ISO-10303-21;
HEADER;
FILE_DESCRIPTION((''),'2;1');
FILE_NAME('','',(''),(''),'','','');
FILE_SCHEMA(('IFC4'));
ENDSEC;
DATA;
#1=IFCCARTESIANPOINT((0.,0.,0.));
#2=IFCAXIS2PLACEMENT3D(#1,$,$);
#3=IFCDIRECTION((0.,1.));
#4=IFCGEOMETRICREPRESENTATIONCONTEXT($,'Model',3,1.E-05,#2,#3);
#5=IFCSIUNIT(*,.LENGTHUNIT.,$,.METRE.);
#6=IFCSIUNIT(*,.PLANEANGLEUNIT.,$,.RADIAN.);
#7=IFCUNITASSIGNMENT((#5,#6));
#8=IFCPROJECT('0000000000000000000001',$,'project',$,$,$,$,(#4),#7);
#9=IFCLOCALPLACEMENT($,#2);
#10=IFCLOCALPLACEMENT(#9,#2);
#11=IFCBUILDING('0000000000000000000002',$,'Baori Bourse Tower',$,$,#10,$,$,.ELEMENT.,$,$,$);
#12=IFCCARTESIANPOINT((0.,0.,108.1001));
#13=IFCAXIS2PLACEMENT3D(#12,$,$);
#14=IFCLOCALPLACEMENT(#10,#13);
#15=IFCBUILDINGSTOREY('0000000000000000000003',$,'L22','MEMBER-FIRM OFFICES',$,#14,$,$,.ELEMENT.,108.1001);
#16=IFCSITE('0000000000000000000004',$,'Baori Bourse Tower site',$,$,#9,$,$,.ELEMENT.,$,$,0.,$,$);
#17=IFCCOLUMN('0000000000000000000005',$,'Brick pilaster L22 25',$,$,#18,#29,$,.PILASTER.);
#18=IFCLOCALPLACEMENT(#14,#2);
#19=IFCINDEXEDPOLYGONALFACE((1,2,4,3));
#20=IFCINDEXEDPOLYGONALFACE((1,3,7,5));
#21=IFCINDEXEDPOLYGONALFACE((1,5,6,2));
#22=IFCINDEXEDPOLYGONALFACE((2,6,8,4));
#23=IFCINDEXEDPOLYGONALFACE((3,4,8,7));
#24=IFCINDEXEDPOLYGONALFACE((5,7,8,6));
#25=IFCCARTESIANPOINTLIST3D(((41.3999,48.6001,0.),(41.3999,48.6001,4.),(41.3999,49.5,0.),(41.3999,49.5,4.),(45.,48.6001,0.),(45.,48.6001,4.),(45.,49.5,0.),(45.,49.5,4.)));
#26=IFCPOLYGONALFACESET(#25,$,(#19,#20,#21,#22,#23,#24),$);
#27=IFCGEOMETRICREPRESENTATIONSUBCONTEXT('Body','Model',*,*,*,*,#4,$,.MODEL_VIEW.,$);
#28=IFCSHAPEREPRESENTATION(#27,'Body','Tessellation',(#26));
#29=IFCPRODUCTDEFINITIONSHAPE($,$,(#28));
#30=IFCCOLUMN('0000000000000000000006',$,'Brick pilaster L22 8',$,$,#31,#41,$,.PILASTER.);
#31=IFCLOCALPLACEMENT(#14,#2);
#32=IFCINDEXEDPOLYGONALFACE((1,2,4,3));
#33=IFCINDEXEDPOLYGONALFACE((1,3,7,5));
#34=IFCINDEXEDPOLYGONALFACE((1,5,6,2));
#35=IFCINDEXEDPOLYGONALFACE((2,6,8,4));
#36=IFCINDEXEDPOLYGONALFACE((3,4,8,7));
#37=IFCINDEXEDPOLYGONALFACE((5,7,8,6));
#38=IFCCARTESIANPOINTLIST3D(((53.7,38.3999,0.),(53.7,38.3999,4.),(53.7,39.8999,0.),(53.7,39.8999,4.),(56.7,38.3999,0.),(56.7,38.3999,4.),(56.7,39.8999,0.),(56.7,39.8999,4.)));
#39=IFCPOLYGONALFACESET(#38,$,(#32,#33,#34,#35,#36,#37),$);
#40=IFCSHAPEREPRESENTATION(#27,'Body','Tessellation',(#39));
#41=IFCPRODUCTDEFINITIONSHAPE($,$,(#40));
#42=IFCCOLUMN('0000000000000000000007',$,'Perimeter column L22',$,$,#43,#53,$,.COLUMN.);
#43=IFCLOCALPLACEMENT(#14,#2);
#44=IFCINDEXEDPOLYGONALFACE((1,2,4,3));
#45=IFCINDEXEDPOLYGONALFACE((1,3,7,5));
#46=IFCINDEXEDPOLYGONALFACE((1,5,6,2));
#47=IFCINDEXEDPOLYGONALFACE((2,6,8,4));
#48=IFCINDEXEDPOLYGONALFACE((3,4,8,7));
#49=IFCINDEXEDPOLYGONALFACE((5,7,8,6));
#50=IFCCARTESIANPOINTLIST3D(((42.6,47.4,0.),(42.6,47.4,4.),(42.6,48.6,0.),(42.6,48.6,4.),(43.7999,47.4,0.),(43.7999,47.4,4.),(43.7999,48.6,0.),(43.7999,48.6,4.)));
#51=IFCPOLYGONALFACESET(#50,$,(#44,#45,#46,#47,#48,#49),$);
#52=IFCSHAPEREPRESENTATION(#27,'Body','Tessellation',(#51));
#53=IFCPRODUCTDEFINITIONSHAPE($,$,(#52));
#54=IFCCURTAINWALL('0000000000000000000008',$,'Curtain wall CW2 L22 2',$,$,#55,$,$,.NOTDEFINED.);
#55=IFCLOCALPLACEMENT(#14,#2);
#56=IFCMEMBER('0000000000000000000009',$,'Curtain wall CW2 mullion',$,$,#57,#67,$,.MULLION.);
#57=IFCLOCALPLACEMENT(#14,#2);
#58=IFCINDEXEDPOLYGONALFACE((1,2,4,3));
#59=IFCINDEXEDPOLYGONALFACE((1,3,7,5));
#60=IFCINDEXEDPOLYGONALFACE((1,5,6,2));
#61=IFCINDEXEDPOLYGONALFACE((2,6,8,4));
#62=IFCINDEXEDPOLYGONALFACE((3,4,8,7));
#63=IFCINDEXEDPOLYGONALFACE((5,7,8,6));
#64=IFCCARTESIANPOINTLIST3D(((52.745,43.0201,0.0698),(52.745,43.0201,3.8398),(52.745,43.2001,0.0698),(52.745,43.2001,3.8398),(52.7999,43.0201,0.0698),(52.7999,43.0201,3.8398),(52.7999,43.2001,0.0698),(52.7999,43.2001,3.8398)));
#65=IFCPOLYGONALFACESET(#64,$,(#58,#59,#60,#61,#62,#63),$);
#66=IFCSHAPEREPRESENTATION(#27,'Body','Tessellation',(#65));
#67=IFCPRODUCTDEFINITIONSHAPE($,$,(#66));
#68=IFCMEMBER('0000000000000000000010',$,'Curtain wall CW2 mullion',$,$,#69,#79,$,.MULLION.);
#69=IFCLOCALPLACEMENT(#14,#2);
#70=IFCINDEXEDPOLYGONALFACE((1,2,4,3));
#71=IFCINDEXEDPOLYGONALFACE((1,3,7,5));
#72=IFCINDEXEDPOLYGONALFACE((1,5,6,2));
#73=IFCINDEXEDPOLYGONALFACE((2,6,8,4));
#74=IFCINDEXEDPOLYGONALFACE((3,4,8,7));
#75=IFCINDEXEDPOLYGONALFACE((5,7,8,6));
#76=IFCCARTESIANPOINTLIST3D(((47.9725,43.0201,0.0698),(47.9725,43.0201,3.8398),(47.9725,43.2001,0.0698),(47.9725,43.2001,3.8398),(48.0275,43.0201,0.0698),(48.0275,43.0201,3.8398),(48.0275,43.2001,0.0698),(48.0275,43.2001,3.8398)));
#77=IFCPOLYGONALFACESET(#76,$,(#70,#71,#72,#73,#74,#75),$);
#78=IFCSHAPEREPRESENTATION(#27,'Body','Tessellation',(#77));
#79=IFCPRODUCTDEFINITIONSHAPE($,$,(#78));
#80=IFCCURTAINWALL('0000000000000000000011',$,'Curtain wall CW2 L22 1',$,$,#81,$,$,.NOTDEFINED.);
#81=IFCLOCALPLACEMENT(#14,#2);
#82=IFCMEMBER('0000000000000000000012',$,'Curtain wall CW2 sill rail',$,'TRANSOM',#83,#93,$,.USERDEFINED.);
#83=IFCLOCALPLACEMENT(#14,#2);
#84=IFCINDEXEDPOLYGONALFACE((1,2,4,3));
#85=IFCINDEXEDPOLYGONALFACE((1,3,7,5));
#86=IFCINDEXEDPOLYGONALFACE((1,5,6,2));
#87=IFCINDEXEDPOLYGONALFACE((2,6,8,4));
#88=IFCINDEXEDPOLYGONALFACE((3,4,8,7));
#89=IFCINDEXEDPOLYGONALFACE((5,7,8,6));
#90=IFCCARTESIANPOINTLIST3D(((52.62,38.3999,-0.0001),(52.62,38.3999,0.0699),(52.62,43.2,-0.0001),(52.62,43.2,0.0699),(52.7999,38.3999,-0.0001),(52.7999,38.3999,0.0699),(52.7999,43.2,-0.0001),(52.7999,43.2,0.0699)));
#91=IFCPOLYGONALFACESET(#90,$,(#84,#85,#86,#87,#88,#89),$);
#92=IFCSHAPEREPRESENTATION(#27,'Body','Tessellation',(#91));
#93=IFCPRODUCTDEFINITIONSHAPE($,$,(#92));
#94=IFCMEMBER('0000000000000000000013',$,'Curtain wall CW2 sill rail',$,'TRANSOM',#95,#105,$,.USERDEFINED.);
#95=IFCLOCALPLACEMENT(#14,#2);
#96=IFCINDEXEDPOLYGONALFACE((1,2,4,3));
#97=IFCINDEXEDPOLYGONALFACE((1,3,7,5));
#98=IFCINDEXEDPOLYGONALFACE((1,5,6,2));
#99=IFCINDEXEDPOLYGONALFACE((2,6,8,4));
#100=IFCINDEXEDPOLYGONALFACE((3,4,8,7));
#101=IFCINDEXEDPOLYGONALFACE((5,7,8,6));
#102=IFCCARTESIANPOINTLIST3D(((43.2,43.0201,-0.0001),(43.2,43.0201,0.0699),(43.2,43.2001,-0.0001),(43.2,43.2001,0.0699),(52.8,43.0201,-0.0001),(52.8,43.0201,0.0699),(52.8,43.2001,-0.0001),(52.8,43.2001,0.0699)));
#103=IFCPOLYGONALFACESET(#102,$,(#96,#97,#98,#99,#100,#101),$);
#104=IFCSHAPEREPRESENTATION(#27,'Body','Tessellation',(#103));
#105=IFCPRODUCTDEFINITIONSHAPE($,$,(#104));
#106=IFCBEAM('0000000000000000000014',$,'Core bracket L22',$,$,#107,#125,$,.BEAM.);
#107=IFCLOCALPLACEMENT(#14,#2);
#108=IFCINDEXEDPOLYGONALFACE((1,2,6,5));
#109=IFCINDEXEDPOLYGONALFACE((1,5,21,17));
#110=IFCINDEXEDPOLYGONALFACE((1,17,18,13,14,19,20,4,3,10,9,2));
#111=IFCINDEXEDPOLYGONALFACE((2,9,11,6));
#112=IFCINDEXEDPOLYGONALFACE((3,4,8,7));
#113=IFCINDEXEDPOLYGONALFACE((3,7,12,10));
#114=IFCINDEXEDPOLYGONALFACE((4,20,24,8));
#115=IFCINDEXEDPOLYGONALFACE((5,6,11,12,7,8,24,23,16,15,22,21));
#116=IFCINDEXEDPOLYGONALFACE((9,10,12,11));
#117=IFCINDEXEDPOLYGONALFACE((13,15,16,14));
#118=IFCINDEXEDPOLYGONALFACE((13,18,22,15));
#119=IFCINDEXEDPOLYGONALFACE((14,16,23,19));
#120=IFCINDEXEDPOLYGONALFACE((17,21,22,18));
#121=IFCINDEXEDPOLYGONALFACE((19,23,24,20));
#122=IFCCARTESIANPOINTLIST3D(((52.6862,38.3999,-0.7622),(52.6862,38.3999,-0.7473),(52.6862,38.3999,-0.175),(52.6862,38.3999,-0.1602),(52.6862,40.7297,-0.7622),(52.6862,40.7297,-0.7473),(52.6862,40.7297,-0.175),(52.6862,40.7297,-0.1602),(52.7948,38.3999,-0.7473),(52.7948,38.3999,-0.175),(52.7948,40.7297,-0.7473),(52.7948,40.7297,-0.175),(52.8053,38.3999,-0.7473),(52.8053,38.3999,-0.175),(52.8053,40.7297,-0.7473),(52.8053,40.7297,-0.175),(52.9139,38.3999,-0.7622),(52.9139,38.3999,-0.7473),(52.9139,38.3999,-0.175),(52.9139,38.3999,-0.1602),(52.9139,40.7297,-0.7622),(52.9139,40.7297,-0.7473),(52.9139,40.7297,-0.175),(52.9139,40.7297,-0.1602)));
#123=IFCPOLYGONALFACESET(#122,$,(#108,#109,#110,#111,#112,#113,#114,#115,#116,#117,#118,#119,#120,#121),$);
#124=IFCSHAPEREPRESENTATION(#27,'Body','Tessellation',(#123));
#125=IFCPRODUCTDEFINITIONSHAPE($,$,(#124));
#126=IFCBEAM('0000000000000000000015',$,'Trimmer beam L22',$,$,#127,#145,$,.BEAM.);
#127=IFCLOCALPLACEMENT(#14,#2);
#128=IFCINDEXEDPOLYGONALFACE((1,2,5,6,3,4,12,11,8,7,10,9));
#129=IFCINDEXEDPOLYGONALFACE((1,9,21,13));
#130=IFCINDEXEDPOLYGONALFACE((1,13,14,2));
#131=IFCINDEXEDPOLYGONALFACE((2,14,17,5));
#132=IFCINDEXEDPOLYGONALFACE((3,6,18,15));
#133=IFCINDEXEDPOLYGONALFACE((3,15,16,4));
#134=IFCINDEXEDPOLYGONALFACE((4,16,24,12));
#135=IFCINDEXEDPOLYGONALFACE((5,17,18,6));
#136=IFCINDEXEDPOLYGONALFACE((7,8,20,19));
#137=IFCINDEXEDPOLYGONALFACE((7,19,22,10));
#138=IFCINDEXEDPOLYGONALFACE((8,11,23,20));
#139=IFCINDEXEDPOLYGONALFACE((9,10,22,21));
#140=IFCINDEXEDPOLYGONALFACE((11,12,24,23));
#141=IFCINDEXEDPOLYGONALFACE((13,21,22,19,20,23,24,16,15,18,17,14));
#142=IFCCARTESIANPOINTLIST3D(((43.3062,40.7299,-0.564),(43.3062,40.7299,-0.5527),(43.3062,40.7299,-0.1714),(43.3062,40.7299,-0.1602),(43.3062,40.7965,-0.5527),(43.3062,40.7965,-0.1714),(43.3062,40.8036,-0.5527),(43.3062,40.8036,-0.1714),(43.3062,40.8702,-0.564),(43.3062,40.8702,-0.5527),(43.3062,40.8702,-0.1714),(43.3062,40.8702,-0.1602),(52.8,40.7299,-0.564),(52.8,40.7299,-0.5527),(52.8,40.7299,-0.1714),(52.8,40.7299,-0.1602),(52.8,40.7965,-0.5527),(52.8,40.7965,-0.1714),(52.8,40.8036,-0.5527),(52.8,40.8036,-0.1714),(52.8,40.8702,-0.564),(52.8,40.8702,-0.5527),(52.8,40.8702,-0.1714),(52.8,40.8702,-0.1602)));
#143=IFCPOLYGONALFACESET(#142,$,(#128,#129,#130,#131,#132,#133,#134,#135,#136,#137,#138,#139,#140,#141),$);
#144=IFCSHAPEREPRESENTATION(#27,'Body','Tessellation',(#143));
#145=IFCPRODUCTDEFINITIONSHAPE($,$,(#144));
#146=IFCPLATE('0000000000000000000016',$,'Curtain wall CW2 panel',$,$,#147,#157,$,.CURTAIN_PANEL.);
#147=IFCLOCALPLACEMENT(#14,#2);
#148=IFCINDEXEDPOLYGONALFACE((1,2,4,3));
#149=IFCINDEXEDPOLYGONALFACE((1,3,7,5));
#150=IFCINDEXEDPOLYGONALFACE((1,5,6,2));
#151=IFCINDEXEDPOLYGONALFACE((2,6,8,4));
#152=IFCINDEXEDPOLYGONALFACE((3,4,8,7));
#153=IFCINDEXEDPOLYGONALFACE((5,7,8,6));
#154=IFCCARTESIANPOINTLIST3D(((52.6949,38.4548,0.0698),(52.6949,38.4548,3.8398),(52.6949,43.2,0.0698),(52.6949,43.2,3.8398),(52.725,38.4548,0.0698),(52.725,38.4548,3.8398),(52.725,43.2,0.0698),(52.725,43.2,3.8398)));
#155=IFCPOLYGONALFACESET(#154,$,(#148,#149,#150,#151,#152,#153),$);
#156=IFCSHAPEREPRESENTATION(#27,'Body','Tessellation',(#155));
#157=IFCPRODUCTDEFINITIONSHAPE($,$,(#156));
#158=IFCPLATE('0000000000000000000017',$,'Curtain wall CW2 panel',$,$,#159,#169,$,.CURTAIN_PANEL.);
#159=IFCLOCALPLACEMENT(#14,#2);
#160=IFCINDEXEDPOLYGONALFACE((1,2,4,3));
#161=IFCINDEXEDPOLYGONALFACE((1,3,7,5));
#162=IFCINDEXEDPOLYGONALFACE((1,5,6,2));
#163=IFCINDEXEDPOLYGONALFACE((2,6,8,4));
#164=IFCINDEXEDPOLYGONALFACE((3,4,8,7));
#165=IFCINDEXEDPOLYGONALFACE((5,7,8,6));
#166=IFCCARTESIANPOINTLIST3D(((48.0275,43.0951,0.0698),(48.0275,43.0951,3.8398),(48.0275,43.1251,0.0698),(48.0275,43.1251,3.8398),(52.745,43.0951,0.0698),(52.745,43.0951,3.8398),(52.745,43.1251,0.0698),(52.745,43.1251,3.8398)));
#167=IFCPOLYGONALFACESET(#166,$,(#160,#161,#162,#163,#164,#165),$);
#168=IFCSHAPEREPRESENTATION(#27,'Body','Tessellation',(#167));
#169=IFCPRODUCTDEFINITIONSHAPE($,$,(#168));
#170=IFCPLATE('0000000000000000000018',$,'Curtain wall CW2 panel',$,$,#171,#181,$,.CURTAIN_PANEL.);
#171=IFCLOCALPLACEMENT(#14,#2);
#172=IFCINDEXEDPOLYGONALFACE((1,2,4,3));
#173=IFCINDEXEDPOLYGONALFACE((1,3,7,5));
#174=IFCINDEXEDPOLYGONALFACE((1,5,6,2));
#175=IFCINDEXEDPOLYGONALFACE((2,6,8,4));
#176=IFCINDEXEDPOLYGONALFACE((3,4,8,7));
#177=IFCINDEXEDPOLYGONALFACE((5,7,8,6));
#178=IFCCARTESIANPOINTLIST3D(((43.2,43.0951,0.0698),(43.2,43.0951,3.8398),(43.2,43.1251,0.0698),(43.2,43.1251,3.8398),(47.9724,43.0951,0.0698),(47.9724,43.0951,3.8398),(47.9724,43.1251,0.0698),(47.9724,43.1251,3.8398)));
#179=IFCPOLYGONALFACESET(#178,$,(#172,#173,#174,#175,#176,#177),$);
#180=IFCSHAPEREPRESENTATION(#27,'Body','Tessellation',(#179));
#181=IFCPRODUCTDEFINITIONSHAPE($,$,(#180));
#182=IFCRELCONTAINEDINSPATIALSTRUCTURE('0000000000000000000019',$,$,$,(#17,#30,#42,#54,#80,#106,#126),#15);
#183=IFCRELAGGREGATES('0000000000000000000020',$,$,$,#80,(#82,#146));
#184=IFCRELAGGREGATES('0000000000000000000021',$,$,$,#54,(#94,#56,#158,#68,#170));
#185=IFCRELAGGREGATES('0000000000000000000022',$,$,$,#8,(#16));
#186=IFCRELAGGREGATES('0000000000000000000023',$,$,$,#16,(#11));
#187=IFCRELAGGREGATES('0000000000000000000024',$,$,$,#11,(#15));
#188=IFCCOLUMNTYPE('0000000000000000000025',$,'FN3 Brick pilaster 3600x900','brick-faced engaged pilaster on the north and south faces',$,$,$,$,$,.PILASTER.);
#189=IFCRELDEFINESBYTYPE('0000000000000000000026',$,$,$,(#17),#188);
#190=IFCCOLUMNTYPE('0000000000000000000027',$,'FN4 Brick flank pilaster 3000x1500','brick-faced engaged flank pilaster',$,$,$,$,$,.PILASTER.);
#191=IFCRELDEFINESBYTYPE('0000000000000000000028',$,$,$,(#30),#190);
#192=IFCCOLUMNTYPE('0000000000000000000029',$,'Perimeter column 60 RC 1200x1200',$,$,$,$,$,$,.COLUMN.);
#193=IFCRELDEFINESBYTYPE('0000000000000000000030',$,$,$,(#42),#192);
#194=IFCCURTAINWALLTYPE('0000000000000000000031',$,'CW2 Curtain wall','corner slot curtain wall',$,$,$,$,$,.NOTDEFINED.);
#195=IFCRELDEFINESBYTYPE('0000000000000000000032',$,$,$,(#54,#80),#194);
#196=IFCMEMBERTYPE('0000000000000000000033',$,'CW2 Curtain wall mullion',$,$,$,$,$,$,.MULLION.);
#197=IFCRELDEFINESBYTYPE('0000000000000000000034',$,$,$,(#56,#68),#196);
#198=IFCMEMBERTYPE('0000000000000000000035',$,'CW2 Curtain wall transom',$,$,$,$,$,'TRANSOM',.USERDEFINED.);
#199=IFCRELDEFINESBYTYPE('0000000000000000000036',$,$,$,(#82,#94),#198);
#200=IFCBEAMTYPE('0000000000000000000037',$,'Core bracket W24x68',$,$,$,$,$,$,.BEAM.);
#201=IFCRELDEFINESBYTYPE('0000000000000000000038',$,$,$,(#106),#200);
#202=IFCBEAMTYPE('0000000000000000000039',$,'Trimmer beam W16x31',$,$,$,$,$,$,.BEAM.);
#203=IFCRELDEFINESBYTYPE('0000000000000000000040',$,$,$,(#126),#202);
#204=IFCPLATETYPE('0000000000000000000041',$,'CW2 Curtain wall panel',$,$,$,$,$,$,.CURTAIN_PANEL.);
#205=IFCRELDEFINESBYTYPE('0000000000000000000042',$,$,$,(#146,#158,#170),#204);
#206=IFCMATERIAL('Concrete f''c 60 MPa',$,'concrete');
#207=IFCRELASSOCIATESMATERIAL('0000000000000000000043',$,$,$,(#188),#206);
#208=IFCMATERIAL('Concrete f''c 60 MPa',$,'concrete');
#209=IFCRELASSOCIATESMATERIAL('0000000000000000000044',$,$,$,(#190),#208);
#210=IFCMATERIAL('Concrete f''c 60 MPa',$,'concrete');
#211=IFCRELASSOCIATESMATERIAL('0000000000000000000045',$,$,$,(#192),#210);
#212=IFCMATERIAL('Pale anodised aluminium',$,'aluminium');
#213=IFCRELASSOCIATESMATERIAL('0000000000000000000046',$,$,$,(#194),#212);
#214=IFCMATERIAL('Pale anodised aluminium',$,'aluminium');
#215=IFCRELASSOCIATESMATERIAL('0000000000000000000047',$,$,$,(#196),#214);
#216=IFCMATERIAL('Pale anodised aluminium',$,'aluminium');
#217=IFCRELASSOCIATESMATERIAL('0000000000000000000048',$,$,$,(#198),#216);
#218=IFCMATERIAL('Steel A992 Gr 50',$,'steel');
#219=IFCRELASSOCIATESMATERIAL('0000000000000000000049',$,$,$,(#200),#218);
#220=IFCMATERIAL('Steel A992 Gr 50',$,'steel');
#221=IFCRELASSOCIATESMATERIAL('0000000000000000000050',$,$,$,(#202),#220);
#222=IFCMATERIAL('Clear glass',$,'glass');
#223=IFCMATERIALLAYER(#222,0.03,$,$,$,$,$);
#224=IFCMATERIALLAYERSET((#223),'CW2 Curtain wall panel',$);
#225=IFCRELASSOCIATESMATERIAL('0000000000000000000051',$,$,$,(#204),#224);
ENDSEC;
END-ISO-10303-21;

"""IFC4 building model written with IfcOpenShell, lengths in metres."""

from ifc_helpers import new_model, si_unit, direction, frame, origin, origin_2d, place, context, subcontext, project, spatial, rectangle, i_section, extrude, material, layer, layer_set, material_profile, profile_set, type_object, element, aggregate, save


model = new_model("IFC4")

# Units and contexts
model_context = context("Model", 3, precision=1e-05, world=origin(), true_north=direction((0.0, 1.0)))
body_context = subcontext(model_context, "Body", "Model", "MODEL_VIEW")
ifc_project = project(units=[si_unit("LENGTHUNIT", "METRE"), si_unit("PLANEANGLEUNIT", "RADIAN")], contexts=[model_context])

# Site, building, storey
site_placement = place(None, origin())
site = spatial("IfcSite", under=ifc_project, at=site_placement, Name="Baori Bourse Tower site", CompositionType="ELEMENT", RefElevation=0.0)
building_placement = place(site_placement, origin())
building = spatial("IfcBuilding", under=site, at=building_placement, Name="Baori Bourse Tower", CompositionType="ELEMENT")
storey_placement = place(building_placement, frame((0.0, 0.0, 108.1001)))
storey = spatial("IfcBuildingStorey", under=building, at=storey_placement, Name="L22", Description="MEMBER-FIRM OFFICES", CompositionType="ELEMENT", Elevation=108.1001)

# Columns
ifc_material_1 = material(Name="Concrete f'c 60 MPa", Category="concrete")
ifc_material_profile_1 = material_profile(ifc_material_1, rectangle(XDim=3.6001, YDim=0.8999, at=origin_2d()), Name="RC 3600x900")
ifc_profile_set_1 = profile_set([ifc_material_profile_1], Name="Concrete f'c 60 MPa")
column_type_1 = type_object("IfcColumnType", Name="FN3 Brick pilaster 3600x900", Description="brick-faced engaged pilaster on the north and south faces", PredefinedType="PILASTER", material=ifc_profile_set_1)
column_1_placement = place(storey_placement, frame((43.2, 49.05, 0.0), z_axis=(0.0, 0.0, 1.0), x_axis=(1.0, 0.0, 0.0)))
element("IfcColumn", 1, at=column_1_placement, inside=storey, type_object=column_type_1, Name="Brick pilaster L22 25", PredefinedType="PILASTER", context=body_context, shape_type="SweptSolid", body=[
    extrude(rectangle(XDim=3.6001, YDim=0.8999, at=origin_2d()), origin(), (0.0, 0.0, 1.0), 4.0),
])
ifc_material_2 = material(Name="Concrete f'c 60 MPa", Category="concrete")
ifc_material_profile_2 = material_profile(ifc_material_2, rectangle(XDim=3.0, YDim=1.5, at=origin_2d()), Name="RC 3000x1500")
ifc_profile_set_2 = profile_set([ifc_material_profile_2], Name="Concrete f'c 60 MPa")
column_type_2 = type_object("IfcColumnType", Name="FN4 Brick flank pilaster 3000x1500", Description="brick-faced engaged flank pilaster", PredefinedType="PILASTER", material=ifc_profile_set_2)
column_2_placement = place(storey_placement, frame((55.2, 39.1499, 0.0), z_axis=(0.0, 0.0, 1.0), x_axis=(1.0, 0.0, 0.0)))
element("IfcColumn", 2, at=column_2_placement, inside=storey, type_object=column_type_2, Name="Brick pilaster L22 8", PredefinedType="PILASTER", context=body_context, shape_type="SweptSolid", body=[
    extrude(rectangle(XDim=3.0, YDim=1.5, at=origin_2d()), origin(), (0.0, 0.0, 1.0), 4.0),
])
ifc_material_3 = material(Name="Concrete f'c 60 MPa", Category="concrete")
ifc_material_profile_3 = material_profile(ifc_material_3, rectangle(XDim=1.2, YDim=1.2, at=origin_2d()), Name="RC 1200x1200")
ifc_profile_set_3 = profile_set([ifc_material_profile_3], Name="Concrete f'c 60 MPa")
column_type_3 = type_object("IfcColumnType", Name="Perimeter column 60 RC 1200x1200", PredefinedType="COLUMN", material=ifc_profile_set_3)
column_3_placement = place(storey_placement, frame((43.2, 48.0, 0.0), z_axis=(0.0, 0.0, 1.0), x_axis=(1.0, 0.0, 0.0)))
element("IfcColumn", 3, at=column_3_placement, inside=storey, type_object=column_type_3, Name="Perimeter column L22", PredefinedType="COLUMN", context=body_context, shape_type="SweptSolid", body=[
    extrude(rectangle(XDim=1.2, YDim=1.2, at=origin_2d()), origin(), (0.0, 0.0, 1.0), 4.0),
])

# Curtain wall, members
ifc_material_4 = material(Name="Pale anodised aluminium", Category="aluminium")
curtain_wall_type = type_object("IfcCurtainWallType", Name="CW2 Curtain wall", Description="corner slot curtain wall", PredefinedType="NOTDEFINED", material=ifc_material_4)
curtain_wall_1_placement = place(storey_placement, origin())
curtain_wall_1 = element("IfcCurtainWall", 4, at=curtain_wall_1_placement, inside=storey, type_object=curtain_wall_type, Name="Curtain wall CW2 L22 2", PredefinedType="NOTDEFINED")
ifc_material_5 = material(Name="Pale anodised aluminium", Category="aluminium")
ifc_material_profile_4 = material_profile(ifc_material_5, rectangle(XDim=0.1799, YDim=0.0549, at=origin_2d()), Name="Mullion 55x180")
ifc_profile_set_4 = profile_set([ifc_material_profile_4], Name="Pale anodised aluminium")
member_type_1 = type_object("IfcMemberType", Name="CW2 Curtain wall mullion", PredefinedType="MULLION", material=ifc_profile_set_4)
member_1_placement = place(storey_placement, frame((52.7725, 43.1101, 0.0698), z_axis=(0.0, 0.0, 1.0), x_axis=(0.0, -1.0, 0.0)))
member_1 = element("IfcMember", 5, at=member_1_placement, type_object=member_type_1, Name="Curtain wall CW2 mullion", PredefinedType="MULLION", context=body_context, shape_type="SweptSolid", body=[
    extrude(rectangle(XDim=0.1799, YDim=0.0549, at=origin_2d()), origin(), (0.0, 0.0, 1.0), 3.77),
])
member_2_placement = place(storey_placement, frame((48.0, 43.1101, 0.0698), z_axis=(0.0, 0.0, 1.0), x_axis=(0.0, -1.0, 0.0)))
member_2 = element("IfcMember", 6, at=member_2_placement, type_object=member_type_1, Name="Curtain wall CW2 mullion", PredefinedType="MULLION", context=body_context, shape_type="SweptSolid", body=[
    extrude(rectangle(XDim=0.1799, YDim=0.0549, at=origin_2d()), origin(), (0.0, 0.0, 1.0), 3.77),
])

# Curtain wall, member
curtain_wall_2_placement = place(storey_placement, origin())
curtain_wall_2 = element("IfcCurtainWall", 7, at=curtain_wall_2_placement, inside=storey, type_object=curtain_wall_type, Name="Curtain wall CW2 L22 1", PredefinedType="NOTDEFINED")
ifc_material_6 = material(Name="Pale anodised aluminium", Category="aluminium")
ifc_material_profile_5 = material_profile(ifc_material_6, rectangle(XDim=0.1799, YDim=0.0701, at=origin_2d()), Name="Transom 70x180")
ifc_profile_set_5 = profile_set([ifc_material_profile_5], Name="Pale anodised aluminium")
member_type_2 = type_object("IfcMemberType", Name="CW2 Curtain wall transom", ElementType="TRANSOM", PredefinedType="USERDEFINED", material=ifc_profile_set_5)
member_3_placement = place(storey_placement, frame((52.71, 38.3999, 0.0349), z_axis=(0.0, 1.0, 0.0), x_axis=(-1.0, 0.0, 0.0)))
member_3 = element("IfcMember", 8, at=member_3_placement, type_object=member_type_2, Name="Curtain wall CW2 sill rail", ObjectType="TRANSOM", PredefinedType="USERDEFINED", context=body_context, shape_type="SweptSolid", body=[
    extrude(rectangle(XDim=0.1799, YDim=0.0701, at=origin_2d()), origin(), (0.0, 0.0, 1.0), 4.8),
])

# Member
member_4_placement = place(storey_placement, frame((52.8, 43.1101, 0.0349), z_axis=(-1.0, 0.0, 0.0), x_axis=(0.0, -1.0, 0.0)))
member_4 = element("IfcMember", 9, at=member_4_placement, type_object=member_type_2, Name="Curtain wall CW2 sill rail", ObjectType="TRANSOM", PredefinedType="USERDEFINED", context=body_context, shape_type="SweptSolid", body=[
    extrude(rectangle(XDim=0.1799, YDim=0.0701, at=origin_2d()), origin(), (0.0, 0.0, 1.0), 9.6001),
])

# Beams
ifc_material_7 = material(Name="Steel A992 Gr 50", Category="steel")
ifc_material_profile_6 = material_profile(ifc_material_7, i_section(OverallWidth=0.2278, OverallDepth=0.6021, WebThickness=0.0105, FlangeThickness=0.0149, at=origin_2d()), Name="W24x68")
ifc_profile_set_6 = profile_set([ifc_material_profile_6], Name="Steel A992 Gr 50")
beam_type_1 = type_object("IfcBeamType", Name="Core bracket W24x68", PredefinedType="BEAM", material=ifc_profile_set_6)
beam_1_placement = place(storey_placement, frame((52.8, 38.3999, -0.4612), z_axis=(0.0, 1.0, 0.0), x_axis=(-1.0, 0.0, 0.0)))
element("IfcBeam", 10, at=beam_1_placement, inside=storey, type_object=beam_type_1, Name="Core bracket L22", PredefinedType="BEAM", context=body_context, shape_type="SweptSolid", body=[
    extrude(i_section(OverallWidth=0.2278, OverallDepth=0.6021, WebThickness=0.0105, FlangeThickness=0.0149, at=origin_2d()), origin(), (0.0, 0.0, 1.0), 2.3298),
])
ifc_material_8 = material(Name="Steel A992 Gr 50", Category="steel")
ifc_material_profile_7 = material_profile(ifc_material_8, i_section(OverallWidth=0.1404, OverallDepth=0.4038, WebThickness=0.0071, FlangeThickness=0.0112, at=origin_2d()), Name="W16x31")
ifc_profile_set_7 = profile_set([ifc_material_profile_7], Name="Steel A992 Gr 50")
beam_type_2 = type_object("IfcBeamType", Name="Trimmer beam W16x31", PredefinedType="BEAM", material=ifc_profile_set_7)
beam_2_placement = place(storey_placement, frame((43.3062, 40.8, -0.3621), z_axis=(1.0, 0.0, 0.0), x_axis=(0.0, 1.0, 0.0)))
element("IfcBeam", 11, at=beam_2_placement, inside=storey, type_object=beam_type_2, Name="Trimmer beam L22", PredefinedType="BEAM", context=body_context, shape_type="SweptSolid", body=[
    extrude(i_section(OverallWidth=0.1404, OverallDepth=0.4038, WebThickness=0.0071, FlangeThickness=0.0112, at=origin_2d()), origin(), (0.0, 0.0, 1.0), 9.4939),
])

# Plates
ifc_material_9 = material(Name="Clear glass", Category="glass")
ifc_layer_1 = layer(ifc_material_9, 0.03)
ifc_layer_set_1 = layer_set([ifc_layer_1], Name="CW2 Curtain wall panel")
plate_type = type_object("IfcPlateType", Name="CW2 Curtain wall panel", PredefinedType="CURTAIN_PANEL", material=ifc_layer_set_1)
plate_1_placement = place(storey_placement, frame((52.71, 40.8274, 0.0698), z_axis=(0.0, 0.0, 1.0), x_axis=(0.0, 1.0, 0.0)))
plate_1 = element("IfcPlate", 12, at=plate_1_placement, type_object=plate_type, Name="Curtain wall CW2 panel", PredefinedType="CURTAIN_PANEL", context=body_context, shape_type="SweptSolid", body=[
    extrude(rectangle(XDim=4.7451, YDim=0.03, at=origin_2d()), origin(), (0.0, 0.0, 1.0), 3.77),
])
aggregate(curtain_wall_2, [member_3, plate_1])
plate_2_placement = place(storey_placement, frame((50.3862, 43.1101, 0.0698), z_axis=(0.0, 0.0, 1.0), x_axis=(-1.0, 0.0, 0.0)))
plate_2 = element("IfcPlate", 13, at=plate_2_placement, type_object=plate_type, Name="Curtain wall CW2 panel", PredefinedType="CURTAIN_PANEL", context=body_context, shape_type="SweptSolid", body=[
    extrude(rectangle(XDim=4.7175, YDim=0.03, at=origin_2d()), origin(), (0.0, 0.0, 1.0), 3.77),
])
plate_3_placement = place(storey_placement, frame((45.5862, 43.1101, 0.0698), z_axis=(0.0, 0.0, 1.0), x_axis=(-1.0, 0.0, 0.0)))
plate_3 = element("IfcPlate", 14, at=plate_3_placement, type_object=plate_type, Name="Curtain wall CW2 panel", PredefinedType="CURTAIN_PANEL", context=body_context, shape_type="SweptSolid", body=[
    extrude(rectangle(XDim=4.7725, YDim=0.03, at=origin_2d()), origin(), (0.0, 0.0, 1.0), 3.77),
])
aggregate(curtain_wall_1, [member_4, member_1, plate_2, member_2, plate_3])

save(model, "model.ifc")
